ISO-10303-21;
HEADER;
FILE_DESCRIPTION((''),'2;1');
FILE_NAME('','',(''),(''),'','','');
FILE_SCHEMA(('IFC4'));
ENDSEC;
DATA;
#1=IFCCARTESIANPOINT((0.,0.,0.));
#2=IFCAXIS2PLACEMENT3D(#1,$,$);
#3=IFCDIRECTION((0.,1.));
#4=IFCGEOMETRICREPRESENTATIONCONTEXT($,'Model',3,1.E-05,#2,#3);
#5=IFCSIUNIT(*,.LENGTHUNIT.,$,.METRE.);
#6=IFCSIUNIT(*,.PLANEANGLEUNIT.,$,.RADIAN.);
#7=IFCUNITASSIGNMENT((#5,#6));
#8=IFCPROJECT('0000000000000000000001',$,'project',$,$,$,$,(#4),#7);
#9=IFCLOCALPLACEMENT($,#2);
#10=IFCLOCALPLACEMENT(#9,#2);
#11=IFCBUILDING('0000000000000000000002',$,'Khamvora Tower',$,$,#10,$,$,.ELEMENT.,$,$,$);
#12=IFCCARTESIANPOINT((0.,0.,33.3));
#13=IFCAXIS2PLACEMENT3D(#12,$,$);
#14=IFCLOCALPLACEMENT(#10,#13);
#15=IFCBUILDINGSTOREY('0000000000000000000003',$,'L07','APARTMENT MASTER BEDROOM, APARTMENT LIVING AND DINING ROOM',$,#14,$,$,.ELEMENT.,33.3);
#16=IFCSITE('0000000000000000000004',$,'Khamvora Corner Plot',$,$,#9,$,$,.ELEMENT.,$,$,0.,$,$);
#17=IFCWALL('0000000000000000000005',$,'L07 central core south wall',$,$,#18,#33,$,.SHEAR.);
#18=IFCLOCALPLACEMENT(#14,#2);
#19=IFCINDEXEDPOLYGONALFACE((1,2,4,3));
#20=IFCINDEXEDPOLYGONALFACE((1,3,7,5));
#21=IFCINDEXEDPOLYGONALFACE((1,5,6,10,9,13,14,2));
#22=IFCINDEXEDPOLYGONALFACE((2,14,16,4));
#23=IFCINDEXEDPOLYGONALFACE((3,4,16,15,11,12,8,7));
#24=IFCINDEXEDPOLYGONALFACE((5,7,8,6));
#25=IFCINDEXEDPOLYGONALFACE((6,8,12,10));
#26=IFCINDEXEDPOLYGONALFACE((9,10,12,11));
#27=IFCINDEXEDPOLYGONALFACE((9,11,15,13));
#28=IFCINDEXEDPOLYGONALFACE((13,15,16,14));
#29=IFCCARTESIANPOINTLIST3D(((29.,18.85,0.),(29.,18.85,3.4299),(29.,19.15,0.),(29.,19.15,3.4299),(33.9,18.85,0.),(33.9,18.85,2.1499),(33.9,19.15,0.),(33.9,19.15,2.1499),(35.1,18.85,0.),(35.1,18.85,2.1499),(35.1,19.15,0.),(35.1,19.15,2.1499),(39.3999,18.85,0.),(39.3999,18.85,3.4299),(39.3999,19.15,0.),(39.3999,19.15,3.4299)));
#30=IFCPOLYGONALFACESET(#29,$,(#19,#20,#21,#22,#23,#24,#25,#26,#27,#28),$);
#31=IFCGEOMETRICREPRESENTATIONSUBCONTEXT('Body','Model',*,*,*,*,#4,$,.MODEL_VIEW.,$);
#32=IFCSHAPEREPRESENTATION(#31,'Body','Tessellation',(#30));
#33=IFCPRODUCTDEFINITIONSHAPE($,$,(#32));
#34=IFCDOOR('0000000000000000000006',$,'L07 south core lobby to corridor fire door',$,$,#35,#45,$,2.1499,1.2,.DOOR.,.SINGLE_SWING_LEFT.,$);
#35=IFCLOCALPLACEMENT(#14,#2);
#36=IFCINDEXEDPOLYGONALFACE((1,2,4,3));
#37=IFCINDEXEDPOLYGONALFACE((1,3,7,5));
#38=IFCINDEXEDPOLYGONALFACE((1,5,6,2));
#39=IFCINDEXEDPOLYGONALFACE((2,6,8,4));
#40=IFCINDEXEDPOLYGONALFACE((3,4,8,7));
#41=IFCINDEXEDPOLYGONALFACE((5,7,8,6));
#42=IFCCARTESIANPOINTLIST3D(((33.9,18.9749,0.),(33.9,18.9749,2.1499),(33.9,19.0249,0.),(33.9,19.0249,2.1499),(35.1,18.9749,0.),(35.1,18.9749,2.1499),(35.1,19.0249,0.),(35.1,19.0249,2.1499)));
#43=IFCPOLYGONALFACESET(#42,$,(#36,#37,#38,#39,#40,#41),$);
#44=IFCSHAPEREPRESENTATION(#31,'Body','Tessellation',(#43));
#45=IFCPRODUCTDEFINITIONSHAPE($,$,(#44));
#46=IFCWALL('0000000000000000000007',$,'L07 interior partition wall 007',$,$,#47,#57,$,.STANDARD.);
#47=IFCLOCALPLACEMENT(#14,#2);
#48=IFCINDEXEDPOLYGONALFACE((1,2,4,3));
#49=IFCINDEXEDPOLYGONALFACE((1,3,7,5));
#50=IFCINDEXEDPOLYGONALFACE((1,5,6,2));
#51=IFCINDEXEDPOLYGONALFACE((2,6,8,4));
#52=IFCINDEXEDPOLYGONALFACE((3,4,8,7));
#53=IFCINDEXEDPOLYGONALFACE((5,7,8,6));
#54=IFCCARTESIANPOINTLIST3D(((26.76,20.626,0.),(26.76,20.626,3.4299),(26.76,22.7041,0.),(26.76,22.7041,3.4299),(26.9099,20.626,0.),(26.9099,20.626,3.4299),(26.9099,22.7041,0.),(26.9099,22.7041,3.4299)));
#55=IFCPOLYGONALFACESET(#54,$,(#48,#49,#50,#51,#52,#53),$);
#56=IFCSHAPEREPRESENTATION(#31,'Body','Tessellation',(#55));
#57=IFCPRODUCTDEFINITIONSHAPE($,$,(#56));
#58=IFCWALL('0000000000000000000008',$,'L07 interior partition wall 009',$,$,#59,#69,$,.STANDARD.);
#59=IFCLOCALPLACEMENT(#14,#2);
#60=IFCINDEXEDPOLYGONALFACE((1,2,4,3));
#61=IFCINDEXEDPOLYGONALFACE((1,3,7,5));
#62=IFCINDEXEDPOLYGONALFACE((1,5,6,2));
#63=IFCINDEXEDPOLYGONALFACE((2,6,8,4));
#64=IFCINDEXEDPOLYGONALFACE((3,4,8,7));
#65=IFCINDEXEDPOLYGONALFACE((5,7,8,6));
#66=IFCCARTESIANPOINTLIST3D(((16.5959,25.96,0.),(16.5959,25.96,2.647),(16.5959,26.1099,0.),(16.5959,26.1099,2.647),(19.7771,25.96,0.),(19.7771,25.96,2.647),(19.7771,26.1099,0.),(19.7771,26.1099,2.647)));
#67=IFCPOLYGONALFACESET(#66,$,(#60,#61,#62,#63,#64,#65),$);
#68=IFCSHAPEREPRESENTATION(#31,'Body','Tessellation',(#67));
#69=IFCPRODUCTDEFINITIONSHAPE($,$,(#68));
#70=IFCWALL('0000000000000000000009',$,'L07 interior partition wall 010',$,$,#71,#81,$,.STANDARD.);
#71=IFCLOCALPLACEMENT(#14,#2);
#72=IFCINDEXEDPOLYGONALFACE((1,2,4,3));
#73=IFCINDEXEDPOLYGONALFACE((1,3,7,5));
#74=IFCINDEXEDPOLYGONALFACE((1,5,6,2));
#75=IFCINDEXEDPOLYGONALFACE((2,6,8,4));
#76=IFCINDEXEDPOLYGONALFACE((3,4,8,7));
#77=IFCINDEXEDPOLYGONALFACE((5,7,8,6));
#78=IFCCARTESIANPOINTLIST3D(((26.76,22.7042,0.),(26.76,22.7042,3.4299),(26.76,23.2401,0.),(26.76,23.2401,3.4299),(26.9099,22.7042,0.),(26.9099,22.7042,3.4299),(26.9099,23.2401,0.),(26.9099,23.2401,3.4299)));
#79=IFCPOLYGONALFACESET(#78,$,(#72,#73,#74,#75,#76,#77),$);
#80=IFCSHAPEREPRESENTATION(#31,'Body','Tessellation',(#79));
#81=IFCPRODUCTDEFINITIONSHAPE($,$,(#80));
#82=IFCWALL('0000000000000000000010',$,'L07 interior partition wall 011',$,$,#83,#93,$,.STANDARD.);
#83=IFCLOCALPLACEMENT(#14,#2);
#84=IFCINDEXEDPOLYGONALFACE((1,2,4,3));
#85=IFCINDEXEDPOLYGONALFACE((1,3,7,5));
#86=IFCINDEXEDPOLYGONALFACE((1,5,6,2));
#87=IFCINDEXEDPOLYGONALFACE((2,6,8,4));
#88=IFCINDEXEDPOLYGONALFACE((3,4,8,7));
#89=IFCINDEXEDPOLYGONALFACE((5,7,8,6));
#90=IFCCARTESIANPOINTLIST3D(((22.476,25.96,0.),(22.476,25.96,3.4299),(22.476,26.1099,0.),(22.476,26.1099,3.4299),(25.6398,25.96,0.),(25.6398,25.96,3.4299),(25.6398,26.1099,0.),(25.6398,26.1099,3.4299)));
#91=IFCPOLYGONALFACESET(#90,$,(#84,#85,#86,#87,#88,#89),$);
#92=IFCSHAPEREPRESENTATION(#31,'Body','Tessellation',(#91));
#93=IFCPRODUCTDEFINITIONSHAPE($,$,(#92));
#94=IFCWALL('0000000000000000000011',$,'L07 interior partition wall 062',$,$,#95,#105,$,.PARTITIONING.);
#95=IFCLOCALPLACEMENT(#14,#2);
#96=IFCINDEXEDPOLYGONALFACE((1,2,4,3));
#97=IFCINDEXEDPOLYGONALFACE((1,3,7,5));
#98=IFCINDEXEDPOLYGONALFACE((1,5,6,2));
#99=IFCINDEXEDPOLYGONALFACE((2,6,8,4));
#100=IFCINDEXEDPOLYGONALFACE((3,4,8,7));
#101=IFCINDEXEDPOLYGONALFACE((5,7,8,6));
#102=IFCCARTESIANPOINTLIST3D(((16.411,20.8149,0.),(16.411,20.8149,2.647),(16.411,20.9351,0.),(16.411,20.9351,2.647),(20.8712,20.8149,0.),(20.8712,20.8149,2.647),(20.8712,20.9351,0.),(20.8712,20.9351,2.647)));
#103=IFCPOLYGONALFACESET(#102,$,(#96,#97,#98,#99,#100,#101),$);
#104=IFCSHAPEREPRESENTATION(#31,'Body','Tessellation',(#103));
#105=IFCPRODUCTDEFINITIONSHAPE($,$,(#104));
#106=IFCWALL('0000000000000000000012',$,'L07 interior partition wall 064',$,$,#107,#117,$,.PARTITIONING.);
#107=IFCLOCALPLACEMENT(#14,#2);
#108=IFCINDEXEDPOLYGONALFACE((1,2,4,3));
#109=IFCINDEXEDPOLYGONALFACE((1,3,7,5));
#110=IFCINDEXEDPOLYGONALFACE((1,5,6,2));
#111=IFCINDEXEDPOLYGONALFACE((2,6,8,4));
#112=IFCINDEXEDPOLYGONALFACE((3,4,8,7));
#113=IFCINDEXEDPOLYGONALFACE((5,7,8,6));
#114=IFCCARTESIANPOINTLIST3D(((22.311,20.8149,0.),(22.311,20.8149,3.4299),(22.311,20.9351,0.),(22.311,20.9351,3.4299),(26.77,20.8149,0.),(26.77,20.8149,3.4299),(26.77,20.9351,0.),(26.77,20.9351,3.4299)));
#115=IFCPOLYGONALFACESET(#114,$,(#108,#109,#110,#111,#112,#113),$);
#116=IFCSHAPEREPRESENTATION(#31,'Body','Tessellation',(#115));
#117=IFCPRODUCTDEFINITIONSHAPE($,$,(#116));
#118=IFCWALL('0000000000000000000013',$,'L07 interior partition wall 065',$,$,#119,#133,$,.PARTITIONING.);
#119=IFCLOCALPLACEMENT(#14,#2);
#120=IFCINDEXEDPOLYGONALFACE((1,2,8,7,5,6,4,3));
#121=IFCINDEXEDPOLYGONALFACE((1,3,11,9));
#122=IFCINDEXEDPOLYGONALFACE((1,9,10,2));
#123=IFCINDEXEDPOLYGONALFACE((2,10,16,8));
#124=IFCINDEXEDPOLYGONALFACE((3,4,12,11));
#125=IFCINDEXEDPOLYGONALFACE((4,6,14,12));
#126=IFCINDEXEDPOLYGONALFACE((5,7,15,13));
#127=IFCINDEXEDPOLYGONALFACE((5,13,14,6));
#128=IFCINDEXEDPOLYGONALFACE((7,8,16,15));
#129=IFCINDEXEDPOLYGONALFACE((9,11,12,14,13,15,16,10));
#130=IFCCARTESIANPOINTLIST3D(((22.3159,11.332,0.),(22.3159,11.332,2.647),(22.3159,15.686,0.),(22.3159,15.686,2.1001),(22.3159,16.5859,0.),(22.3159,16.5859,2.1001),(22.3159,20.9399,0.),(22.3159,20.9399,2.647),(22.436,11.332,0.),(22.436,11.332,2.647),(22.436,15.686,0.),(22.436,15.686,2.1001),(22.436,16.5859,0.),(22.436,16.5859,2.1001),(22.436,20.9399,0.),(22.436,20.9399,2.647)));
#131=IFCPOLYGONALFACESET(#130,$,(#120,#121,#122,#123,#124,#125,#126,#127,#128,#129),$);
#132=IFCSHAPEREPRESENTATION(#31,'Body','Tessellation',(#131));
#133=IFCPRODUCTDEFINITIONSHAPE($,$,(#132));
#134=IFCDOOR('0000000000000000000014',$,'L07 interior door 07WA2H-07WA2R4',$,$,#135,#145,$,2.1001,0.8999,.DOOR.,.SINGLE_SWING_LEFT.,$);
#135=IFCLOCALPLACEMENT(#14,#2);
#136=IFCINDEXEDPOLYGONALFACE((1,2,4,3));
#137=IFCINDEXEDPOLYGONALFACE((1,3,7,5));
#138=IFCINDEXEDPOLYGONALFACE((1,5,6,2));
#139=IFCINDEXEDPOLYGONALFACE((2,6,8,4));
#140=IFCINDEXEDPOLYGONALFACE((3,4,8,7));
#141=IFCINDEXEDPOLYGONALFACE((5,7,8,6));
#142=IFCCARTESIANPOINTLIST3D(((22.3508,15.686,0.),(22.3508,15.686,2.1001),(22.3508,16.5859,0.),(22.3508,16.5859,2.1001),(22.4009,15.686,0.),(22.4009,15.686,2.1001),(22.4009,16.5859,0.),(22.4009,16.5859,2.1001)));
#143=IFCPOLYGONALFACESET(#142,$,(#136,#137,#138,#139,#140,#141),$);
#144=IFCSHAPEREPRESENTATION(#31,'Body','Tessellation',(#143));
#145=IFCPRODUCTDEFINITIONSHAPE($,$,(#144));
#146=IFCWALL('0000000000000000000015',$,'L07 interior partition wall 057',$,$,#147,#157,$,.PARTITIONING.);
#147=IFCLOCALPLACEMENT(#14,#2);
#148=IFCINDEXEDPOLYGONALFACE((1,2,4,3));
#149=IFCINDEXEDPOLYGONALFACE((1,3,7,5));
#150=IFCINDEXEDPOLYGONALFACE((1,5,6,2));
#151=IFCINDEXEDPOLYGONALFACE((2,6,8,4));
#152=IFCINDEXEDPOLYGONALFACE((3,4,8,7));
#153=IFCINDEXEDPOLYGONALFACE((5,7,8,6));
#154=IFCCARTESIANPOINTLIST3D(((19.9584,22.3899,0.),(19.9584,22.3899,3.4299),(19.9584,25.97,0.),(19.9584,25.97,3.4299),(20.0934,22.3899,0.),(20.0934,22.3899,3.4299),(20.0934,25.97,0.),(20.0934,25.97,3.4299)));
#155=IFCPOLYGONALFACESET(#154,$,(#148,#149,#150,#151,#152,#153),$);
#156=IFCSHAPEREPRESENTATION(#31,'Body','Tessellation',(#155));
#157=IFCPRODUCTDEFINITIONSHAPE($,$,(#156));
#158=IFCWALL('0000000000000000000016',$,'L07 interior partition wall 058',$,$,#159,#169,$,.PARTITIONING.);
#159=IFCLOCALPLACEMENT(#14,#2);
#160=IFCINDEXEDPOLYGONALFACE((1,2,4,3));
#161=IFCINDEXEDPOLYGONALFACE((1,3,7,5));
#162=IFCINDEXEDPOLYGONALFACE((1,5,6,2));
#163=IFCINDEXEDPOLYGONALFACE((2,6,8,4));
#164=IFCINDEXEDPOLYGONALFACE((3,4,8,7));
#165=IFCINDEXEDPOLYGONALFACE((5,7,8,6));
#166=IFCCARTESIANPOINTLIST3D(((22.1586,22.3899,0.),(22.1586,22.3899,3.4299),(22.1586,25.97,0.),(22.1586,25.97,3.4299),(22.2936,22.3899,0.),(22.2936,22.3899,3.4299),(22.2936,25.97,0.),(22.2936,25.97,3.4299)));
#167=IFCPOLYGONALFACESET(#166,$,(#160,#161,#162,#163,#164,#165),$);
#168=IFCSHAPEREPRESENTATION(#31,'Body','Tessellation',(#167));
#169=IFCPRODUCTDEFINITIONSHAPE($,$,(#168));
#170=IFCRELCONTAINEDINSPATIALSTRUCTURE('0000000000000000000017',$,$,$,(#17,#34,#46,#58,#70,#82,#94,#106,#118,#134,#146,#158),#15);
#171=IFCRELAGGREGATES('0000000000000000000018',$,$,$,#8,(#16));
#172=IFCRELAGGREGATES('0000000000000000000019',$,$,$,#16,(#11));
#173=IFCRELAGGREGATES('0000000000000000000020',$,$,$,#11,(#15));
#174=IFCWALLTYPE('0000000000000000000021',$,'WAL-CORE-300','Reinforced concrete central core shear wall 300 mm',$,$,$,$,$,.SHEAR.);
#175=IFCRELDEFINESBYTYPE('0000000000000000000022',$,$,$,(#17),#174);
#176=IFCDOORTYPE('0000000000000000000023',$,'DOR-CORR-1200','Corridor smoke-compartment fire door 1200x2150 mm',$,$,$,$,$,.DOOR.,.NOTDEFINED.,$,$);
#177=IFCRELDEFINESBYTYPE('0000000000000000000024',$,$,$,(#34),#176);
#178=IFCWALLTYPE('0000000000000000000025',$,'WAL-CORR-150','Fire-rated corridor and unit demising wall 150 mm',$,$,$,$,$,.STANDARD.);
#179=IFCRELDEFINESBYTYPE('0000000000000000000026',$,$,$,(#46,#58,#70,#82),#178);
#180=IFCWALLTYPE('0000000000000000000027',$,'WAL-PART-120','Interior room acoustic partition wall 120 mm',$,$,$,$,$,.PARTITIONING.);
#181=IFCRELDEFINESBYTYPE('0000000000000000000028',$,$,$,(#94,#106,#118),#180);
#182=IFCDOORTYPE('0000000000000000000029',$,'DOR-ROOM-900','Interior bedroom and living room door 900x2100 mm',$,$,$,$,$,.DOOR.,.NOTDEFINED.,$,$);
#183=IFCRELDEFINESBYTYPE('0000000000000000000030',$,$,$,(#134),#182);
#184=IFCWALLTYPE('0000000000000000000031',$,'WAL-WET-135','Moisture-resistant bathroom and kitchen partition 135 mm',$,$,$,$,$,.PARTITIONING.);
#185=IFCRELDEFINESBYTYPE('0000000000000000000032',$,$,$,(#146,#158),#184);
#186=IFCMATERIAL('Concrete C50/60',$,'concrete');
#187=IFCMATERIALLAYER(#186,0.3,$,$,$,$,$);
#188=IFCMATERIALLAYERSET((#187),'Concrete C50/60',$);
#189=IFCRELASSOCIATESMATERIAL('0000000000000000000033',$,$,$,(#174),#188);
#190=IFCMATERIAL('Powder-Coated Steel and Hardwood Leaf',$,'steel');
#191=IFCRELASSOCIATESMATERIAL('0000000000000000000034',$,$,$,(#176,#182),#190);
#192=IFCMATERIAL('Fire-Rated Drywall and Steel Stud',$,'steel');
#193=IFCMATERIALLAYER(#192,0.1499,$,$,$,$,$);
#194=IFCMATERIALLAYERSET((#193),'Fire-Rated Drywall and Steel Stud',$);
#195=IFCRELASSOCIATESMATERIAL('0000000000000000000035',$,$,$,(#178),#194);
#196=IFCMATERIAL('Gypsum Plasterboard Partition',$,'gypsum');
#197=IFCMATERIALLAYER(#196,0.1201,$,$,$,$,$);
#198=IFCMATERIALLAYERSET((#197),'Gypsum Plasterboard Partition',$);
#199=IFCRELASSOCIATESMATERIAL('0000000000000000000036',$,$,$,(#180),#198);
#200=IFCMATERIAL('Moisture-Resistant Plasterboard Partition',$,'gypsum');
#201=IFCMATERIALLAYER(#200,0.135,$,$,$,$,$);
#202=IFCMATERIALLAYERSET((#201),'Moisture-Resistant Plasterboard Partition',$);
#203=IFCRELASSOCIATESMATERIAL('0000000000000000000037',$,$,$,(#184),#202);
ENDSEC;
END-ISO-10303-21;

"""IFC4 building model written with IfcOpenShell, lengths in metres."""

from ifc_helpers import new_model, si_unit, direction, frame, frame_2d, origin, place, context, subcontext, project, spatial, rectangle, extrude, material, layer, layer_set, type_object, element, fill, save


model = new_model("IFC4")

# Units and contexts
model_context = context("Model", 3, precision=1e-05, world=origin(), true_north=direction((0.0, 1.0)))
body_context = subcontext(model_context, "Body", "Model", "MODEL_VIEW")
ifc_project = project(units=[si_unit("LENGTHUNIT", "METRE"), si_unit("PLANEANGLEUNIT", "RADIAN")], contexts=[model_context])

# Site, building, storey
site_placement = place(None, origin())
site = spatial("IfcSite", under=ifc_project, at=site_placement, Name="Khamvora Corner Plot", CompositionType="ELEMENT", RefElevation=0.0)
building_placement = place(site_placement, origin())
building = spatial("IfcBuilding", under=site, at=building_placement, Name="Khamvora Tower", CompositionType="ELEMENT")
storey_placement = place(building_placement, frame((0.0, 0.0, 33.3)))
storey = spatial("IfcBuildingStorey", under=building, at=storey_placement, Name="L07", Description="APARTMENT MASTER BEDROOM, APARTMENT LIVING AND DINING ROOM", CompositionType="ELEMENT", Elevation=33.3)

# Shared definitions
ifc_material_1 = material(Name="Concrete C50/60", Category="concrete")
ifc_layer_1 = layer(ifc_material_1, 0.3)
ifc_layer_set_1 = layer_set([ifc_layer_1], Name="Concrete C50/60")
wall_type_1 = type_object("IfcWallType", Name="WAL-CORE-300", Description="Reinforced concrete central core shear wall 300 mm", PredefinedType="SHEAR", material=ifc_layer_set_1)

# Wall, opening, door
wall_1_placement = place(storey_placement, frame((29.0, 19.0, 0.0), z_axis=(0.0, 0.0, 1.0), x_axis=(1.0, 0.0, 0.0)))
wall_1 = element("IfcWall", 1, at=wall_1_placement, inside=storey, type_object=wall_type_1, Name="L07 central core south wall", PredefinedType="SHEAR", context=body_context, shape_type="SweptSolid", body=[
    extrude(rectangle(XDim=10.3999, YDim=0.3, at=frame_2d((5.2, 0.0))), origin(), (0.0, 0.0, 1.0), 3.4299),
])
opening_1_placement = place(wall_1_placement, frame((4.8999, 0.0, 0.0)))
opening_1 = element("IfcOpeningElement", 2, at=opening_1_placement, cuts=wall_1, PredefinedType="OPENING", context=body_context, shape_type="SweptSolid", body=[
    extrude(rectangle(XDim=1.2, YDim=2.1499, at=frame_2d((0.6001, 1.075))), frame((0.0, 0.1599, 0.0), z_axis=(0.0, -1.0, 0.0), x_axis=(1.0, 0.0, 0.0)), (0.0, 0.0, 1.0), 0.3201),
])
ifc_material_2 = material(Name="Powder-Coated Steel and Hardwood Leaf", Category="steel")
door_type_1 = type_object("IfcDoorType", Name="DOR-CORR-1200", Description="Corridor smoke-compartment fire door 1200x2150 mm", OperationType="NOTDEFINED", PredefinedType="DOOR", material=ifc_material_2)
door_1_placement = place(opening_1_placement, origin())
door_1 = element("IfcDoor", 3, at=door_1_placement, inside=storey, type_object=door_type_1, Name="L07 south core lobby to corridor fire door", OperationType="SINGLE_SWING_LEFT", OverallHeight=2.1499, OverallWidth=1.2, PredefinedType="DOOR", context=body_context, shape_type="SweptSolid", body=[
    extrude(rectangle(XDim=1.2, YDim=2.1499, at=frame_2d((0.6001, 1.075))), frame((0.0, 0.0249, 0.0), z_axis=(0.0, -1.0, 0.0), x_axis=(1.0, 0.0, 0.0)), (0.0, 0.0, 1.0), 0.05),
])
fill(opening_1, door_1)

# Wall
ifc_material_3 = material(Name="Fire-Rated Drywall and Steel Stud", Category="steel")
ifc_layer_2 = layer(ifc_material_3, 0.1499)
ifc_layer_set_2 = layer_set([ifc_layer_2], Name="Fire-Rated Drywall and Steel Stud")
wall_type_2 = type_object("IfcWallType", Name="WAL-CORR-150", Description="Fire-rated corridor and unit demising wall 150 mm", PredefinedType="STANDARD", material=ifc_layer_set_2)
wall_2_placement = place(storey_placement, frame((26.835, 20.626, 0.0), z_axis=(0.0, 0.0, 1.0), x_axis=(0.0, 1.0, 0.0)))
element("IfcWall", 4, at=wall_2_placement, inside=storey, type_object=wall_type_2, Name="L07 interior partition wall 007", PredefinedType="STANDARD", context=body_context, shape_type="SweptSolid", body=[
    extrude(rectangle(XDim=2.0781, YDim=0.1499, at=frame_2d((1.0391, 0.0))), origin(), (0.0, 0.0, 1.0), 3.4299),
])

# Walls
wall_3_placement = place(storey_placement, frame((19.7771, 26.0349, 0.0), z_axis=(0.0, 0.0, 1.0), x_axis=(-1.0, 0.0, 0.0)))
element("IfcWall", 5, at=wall_3_placement, inside=storey, type_object=wall_type_2, Name="L07 interior partition wall 009", PredefinedType="STANDARD", context=body_context, shape_type="SweptSolid", body=[
    extrude(rectangle(XDim=3.1812, YDim=0.1499, at=frame_2d((1.5906, 0.0))), origin(), (0.0, 0.0, 1.0), 2.647),
])
wall_4_placement = place(storey_placement, frame((26.835, 22.7041, 0.0), z_axis=(0.0, 0.0, 1.0), x_axis=(0.0, 1.0, 0.0)))
element("IfcWall", 6, at=wall_4_placement, inside=storey, type_object=wall_type_2, Name="L07 interior partition wall 010", PredefinedType="STANDARD", context=body_context, shape_type="SweptSolid", body=[
    extrude(rectangle(XDim=0.5359, YDim=0.1499, at=frame_2d((0.2681, 0.0))), origin(), (0.0, 0.0, 1.0), 3.4299),
])
wall_5_placement = place(storey_placement, frame((25.6399, 26.0349, 0.0), z_axis=(0.0, 0.0, 1.0), x_axis=(-1.0, 0.0, 0.0)))
element("IfcWall", 7, at=wall_5_placement, inside=storey, type_object=wall_type_2, Name="L07 interior partition wall 011", PredefinedType="STANDARD", context=body_context, shape_type="SweptSolid", body=[
    extrude(rectangle(XDim=3.1638, YDim=0.1499, at=frame_2d((1.582, 0.0))), origin(), (0.0, 0.0, 1.0), 3.4299),
])
ifc_material_4 = material(Name="Gypsum Plasterboard Partition", Category="gypsum")
ifc_layer_3 = layer(ifc_material_4, 0.1201)
ifc_layer_set_3 = layer_set([ifc_layer_3], Name="Gypsum Plasterboard Partition")
wall_type_3 = type_object("IfcWallType", Name="WAL-PART-120", Description="Interior room acoustic partition wall 120 mm", PredefinedType="PARTITIONING", material=ifc_layer_set_3)
wall_6_placement = place(storey_placement, frame((20.8711, 20.875, 0.0), z_axis=(0.0, 0.0, 1.0), x_axis=(-1.0, 0.0, 0.0)))
element("IfcWall", 8, at=wall_6_placement, inside=storey, type_object=wall_type_3, Name="L07 interior partition wall 062", PredefinedType="PARTITIONING", context=body_context, shape_type="SweptSolid", body=[
    extrude(rectangle(XDim=4.4602, YDim=0.1201, at=frame_2d((2.23, 0.0))), origin(), (0.0, 0.0, 1.0), 2.647),
])
wall_7_placement = place(storey_placement, frame((26.77, 20.875, 0.0), z_axis=(0.0, 0.0, 1.0), x_axis=(-1.0, 0.0, 0.0)))
element("IfcWall", 9, at=wall_7_placement, inside=storey, type_object=wall_type_3, Name="L07 interior partition wall 064", PredefinedType="PARTITIONING", context=body_context, shape_type="SweptSolid", body=[
    extrude(rectangle(XDim=4.459, YDim=0.1201, at=frame_2d((2.2295, 0.0))), origin(), (0.0, 0.0, 1.0), 3.4299),
])

# Wall, opening, door
wall_8_placement = place(storey_placement, frame((22.376, 20.9399, 0.0), z_axis=(0.0, 0.0, 1.0), x_axis=(0.0, -1.0, 0.0)))
wall_8 = element("IfcWall", 10, at=wall_8_placement, inside=storey, type_object=wall_type_3, Name="L07 interior partition wall 065", PredefinedType="PARTITIONING", context=body_context, shape_type="SweptSolid", body=[
    extrude(rectangle(XDim=9.6079, YDim=0.1201, at=frame_2d((4.804, 0.0))), origin(), (0.0, 0.0, 1.0), 2.647),
])
opening_2_placement = place(wall_8_placement, frame((4.354, 0.0, 0.0)))
opening_2 = element("IfcOpeningElement", 11, at=opening_2_placement, cuts=wall_8, PredefinedType="OPENING", context=body_context, shape_type="SweptSolid", body=[
    extrude(rectangle(XDim=0.8999, YDim=2.1001, at=frame_2d((0.45, 1.05))), frame((0.0, 0.0701, 0.0), z_axis=(0.0, -1.0, 0.0), x_axis=(1.0, 0.0, 0.0)), (0.0, 0.0, 1.0), 0.1401),
])
door_type_2 = type_object("IfcDoorType", Name="DOR-ROOM-900", Description="Interior bedroom and living room door 900x2100 mm", OperationType="NOTDEFINED", PredefinedType="DOOR", material=ifc_material_2)
door_2_placement = place(opening_2_placement, origin())
door_2 = element("IfcDoor", 12, at=door_2_placement, inside=storey, type_object=door_type_2, Name="L07 interior door 07WA2H-07WA2R4", OperationType="SINGLE_SWING_LEFT", OverallHeight=2.1001, OverallWidth=0.8999, PredefinedType="DOOR", context=body_context, shape_type="SweptSolid", body=[
    extrude(rectangle(XDim=0.8999, YDim=2.1001, at=frame_2d((0.45, 1.05))), frame((0.0, 0.0249, 0.0), z_axis=(0.0, -1.0, 0.0), x_axis=(1.0, 0.0, 0.0)), (0.0, 0.0, 1.0), 0.05),
])
fill(opening_2, door_2)

# Walls
ifc_material_5 = material(Name="Moisture-Resistant Plasterboard Partition", Category="gypsum")
ifc_layer_4 = layer(ifc_material_5, 0.135)
ifc_layer_set_4 = layer_set([ifc_layer_4], Name="Moisture-Resistant Plasterboard Partition")
wall_type_4 = type_object("IfcWallType", Name="WAL-WET-135", Description="Moisture-resistant bathroom and kitchen partition 135 mm", PredefinedType="PARTITIONING", material=ifc_layer_set_4)
for number, where, z_axis, x_axis, name in (
    (13, (20.0259, 22.3899, 0.0), (0.0, 0.0, 1.0), (0.0, 1.0, 0.0), "L07 interior partition wall 057"),
    (14, (22.2261, 25.97, 0.0), (0.0, 0.0, 1.0), (0.0, -1.0, 0.0), "L07 interior partition wall 058"),
):
    element("IfcWall", number, at=place(storey_placement, frame(where, z_axis=z_axis, x_axis=x_axis)), inside=storey, type_object=wall_type_4, Name=name, PredefinedType="PARTITIONING", context=body_context, shape_type="SweptSolid", body=[
        extrude(rectangle(XDim=3.5801, YDim=0.135, at=frame_2d((1.79, 0.0))), origin(), (0.0, 0.0, 1.0), 3.4299),
    ])

save(model, "model.ifc")
